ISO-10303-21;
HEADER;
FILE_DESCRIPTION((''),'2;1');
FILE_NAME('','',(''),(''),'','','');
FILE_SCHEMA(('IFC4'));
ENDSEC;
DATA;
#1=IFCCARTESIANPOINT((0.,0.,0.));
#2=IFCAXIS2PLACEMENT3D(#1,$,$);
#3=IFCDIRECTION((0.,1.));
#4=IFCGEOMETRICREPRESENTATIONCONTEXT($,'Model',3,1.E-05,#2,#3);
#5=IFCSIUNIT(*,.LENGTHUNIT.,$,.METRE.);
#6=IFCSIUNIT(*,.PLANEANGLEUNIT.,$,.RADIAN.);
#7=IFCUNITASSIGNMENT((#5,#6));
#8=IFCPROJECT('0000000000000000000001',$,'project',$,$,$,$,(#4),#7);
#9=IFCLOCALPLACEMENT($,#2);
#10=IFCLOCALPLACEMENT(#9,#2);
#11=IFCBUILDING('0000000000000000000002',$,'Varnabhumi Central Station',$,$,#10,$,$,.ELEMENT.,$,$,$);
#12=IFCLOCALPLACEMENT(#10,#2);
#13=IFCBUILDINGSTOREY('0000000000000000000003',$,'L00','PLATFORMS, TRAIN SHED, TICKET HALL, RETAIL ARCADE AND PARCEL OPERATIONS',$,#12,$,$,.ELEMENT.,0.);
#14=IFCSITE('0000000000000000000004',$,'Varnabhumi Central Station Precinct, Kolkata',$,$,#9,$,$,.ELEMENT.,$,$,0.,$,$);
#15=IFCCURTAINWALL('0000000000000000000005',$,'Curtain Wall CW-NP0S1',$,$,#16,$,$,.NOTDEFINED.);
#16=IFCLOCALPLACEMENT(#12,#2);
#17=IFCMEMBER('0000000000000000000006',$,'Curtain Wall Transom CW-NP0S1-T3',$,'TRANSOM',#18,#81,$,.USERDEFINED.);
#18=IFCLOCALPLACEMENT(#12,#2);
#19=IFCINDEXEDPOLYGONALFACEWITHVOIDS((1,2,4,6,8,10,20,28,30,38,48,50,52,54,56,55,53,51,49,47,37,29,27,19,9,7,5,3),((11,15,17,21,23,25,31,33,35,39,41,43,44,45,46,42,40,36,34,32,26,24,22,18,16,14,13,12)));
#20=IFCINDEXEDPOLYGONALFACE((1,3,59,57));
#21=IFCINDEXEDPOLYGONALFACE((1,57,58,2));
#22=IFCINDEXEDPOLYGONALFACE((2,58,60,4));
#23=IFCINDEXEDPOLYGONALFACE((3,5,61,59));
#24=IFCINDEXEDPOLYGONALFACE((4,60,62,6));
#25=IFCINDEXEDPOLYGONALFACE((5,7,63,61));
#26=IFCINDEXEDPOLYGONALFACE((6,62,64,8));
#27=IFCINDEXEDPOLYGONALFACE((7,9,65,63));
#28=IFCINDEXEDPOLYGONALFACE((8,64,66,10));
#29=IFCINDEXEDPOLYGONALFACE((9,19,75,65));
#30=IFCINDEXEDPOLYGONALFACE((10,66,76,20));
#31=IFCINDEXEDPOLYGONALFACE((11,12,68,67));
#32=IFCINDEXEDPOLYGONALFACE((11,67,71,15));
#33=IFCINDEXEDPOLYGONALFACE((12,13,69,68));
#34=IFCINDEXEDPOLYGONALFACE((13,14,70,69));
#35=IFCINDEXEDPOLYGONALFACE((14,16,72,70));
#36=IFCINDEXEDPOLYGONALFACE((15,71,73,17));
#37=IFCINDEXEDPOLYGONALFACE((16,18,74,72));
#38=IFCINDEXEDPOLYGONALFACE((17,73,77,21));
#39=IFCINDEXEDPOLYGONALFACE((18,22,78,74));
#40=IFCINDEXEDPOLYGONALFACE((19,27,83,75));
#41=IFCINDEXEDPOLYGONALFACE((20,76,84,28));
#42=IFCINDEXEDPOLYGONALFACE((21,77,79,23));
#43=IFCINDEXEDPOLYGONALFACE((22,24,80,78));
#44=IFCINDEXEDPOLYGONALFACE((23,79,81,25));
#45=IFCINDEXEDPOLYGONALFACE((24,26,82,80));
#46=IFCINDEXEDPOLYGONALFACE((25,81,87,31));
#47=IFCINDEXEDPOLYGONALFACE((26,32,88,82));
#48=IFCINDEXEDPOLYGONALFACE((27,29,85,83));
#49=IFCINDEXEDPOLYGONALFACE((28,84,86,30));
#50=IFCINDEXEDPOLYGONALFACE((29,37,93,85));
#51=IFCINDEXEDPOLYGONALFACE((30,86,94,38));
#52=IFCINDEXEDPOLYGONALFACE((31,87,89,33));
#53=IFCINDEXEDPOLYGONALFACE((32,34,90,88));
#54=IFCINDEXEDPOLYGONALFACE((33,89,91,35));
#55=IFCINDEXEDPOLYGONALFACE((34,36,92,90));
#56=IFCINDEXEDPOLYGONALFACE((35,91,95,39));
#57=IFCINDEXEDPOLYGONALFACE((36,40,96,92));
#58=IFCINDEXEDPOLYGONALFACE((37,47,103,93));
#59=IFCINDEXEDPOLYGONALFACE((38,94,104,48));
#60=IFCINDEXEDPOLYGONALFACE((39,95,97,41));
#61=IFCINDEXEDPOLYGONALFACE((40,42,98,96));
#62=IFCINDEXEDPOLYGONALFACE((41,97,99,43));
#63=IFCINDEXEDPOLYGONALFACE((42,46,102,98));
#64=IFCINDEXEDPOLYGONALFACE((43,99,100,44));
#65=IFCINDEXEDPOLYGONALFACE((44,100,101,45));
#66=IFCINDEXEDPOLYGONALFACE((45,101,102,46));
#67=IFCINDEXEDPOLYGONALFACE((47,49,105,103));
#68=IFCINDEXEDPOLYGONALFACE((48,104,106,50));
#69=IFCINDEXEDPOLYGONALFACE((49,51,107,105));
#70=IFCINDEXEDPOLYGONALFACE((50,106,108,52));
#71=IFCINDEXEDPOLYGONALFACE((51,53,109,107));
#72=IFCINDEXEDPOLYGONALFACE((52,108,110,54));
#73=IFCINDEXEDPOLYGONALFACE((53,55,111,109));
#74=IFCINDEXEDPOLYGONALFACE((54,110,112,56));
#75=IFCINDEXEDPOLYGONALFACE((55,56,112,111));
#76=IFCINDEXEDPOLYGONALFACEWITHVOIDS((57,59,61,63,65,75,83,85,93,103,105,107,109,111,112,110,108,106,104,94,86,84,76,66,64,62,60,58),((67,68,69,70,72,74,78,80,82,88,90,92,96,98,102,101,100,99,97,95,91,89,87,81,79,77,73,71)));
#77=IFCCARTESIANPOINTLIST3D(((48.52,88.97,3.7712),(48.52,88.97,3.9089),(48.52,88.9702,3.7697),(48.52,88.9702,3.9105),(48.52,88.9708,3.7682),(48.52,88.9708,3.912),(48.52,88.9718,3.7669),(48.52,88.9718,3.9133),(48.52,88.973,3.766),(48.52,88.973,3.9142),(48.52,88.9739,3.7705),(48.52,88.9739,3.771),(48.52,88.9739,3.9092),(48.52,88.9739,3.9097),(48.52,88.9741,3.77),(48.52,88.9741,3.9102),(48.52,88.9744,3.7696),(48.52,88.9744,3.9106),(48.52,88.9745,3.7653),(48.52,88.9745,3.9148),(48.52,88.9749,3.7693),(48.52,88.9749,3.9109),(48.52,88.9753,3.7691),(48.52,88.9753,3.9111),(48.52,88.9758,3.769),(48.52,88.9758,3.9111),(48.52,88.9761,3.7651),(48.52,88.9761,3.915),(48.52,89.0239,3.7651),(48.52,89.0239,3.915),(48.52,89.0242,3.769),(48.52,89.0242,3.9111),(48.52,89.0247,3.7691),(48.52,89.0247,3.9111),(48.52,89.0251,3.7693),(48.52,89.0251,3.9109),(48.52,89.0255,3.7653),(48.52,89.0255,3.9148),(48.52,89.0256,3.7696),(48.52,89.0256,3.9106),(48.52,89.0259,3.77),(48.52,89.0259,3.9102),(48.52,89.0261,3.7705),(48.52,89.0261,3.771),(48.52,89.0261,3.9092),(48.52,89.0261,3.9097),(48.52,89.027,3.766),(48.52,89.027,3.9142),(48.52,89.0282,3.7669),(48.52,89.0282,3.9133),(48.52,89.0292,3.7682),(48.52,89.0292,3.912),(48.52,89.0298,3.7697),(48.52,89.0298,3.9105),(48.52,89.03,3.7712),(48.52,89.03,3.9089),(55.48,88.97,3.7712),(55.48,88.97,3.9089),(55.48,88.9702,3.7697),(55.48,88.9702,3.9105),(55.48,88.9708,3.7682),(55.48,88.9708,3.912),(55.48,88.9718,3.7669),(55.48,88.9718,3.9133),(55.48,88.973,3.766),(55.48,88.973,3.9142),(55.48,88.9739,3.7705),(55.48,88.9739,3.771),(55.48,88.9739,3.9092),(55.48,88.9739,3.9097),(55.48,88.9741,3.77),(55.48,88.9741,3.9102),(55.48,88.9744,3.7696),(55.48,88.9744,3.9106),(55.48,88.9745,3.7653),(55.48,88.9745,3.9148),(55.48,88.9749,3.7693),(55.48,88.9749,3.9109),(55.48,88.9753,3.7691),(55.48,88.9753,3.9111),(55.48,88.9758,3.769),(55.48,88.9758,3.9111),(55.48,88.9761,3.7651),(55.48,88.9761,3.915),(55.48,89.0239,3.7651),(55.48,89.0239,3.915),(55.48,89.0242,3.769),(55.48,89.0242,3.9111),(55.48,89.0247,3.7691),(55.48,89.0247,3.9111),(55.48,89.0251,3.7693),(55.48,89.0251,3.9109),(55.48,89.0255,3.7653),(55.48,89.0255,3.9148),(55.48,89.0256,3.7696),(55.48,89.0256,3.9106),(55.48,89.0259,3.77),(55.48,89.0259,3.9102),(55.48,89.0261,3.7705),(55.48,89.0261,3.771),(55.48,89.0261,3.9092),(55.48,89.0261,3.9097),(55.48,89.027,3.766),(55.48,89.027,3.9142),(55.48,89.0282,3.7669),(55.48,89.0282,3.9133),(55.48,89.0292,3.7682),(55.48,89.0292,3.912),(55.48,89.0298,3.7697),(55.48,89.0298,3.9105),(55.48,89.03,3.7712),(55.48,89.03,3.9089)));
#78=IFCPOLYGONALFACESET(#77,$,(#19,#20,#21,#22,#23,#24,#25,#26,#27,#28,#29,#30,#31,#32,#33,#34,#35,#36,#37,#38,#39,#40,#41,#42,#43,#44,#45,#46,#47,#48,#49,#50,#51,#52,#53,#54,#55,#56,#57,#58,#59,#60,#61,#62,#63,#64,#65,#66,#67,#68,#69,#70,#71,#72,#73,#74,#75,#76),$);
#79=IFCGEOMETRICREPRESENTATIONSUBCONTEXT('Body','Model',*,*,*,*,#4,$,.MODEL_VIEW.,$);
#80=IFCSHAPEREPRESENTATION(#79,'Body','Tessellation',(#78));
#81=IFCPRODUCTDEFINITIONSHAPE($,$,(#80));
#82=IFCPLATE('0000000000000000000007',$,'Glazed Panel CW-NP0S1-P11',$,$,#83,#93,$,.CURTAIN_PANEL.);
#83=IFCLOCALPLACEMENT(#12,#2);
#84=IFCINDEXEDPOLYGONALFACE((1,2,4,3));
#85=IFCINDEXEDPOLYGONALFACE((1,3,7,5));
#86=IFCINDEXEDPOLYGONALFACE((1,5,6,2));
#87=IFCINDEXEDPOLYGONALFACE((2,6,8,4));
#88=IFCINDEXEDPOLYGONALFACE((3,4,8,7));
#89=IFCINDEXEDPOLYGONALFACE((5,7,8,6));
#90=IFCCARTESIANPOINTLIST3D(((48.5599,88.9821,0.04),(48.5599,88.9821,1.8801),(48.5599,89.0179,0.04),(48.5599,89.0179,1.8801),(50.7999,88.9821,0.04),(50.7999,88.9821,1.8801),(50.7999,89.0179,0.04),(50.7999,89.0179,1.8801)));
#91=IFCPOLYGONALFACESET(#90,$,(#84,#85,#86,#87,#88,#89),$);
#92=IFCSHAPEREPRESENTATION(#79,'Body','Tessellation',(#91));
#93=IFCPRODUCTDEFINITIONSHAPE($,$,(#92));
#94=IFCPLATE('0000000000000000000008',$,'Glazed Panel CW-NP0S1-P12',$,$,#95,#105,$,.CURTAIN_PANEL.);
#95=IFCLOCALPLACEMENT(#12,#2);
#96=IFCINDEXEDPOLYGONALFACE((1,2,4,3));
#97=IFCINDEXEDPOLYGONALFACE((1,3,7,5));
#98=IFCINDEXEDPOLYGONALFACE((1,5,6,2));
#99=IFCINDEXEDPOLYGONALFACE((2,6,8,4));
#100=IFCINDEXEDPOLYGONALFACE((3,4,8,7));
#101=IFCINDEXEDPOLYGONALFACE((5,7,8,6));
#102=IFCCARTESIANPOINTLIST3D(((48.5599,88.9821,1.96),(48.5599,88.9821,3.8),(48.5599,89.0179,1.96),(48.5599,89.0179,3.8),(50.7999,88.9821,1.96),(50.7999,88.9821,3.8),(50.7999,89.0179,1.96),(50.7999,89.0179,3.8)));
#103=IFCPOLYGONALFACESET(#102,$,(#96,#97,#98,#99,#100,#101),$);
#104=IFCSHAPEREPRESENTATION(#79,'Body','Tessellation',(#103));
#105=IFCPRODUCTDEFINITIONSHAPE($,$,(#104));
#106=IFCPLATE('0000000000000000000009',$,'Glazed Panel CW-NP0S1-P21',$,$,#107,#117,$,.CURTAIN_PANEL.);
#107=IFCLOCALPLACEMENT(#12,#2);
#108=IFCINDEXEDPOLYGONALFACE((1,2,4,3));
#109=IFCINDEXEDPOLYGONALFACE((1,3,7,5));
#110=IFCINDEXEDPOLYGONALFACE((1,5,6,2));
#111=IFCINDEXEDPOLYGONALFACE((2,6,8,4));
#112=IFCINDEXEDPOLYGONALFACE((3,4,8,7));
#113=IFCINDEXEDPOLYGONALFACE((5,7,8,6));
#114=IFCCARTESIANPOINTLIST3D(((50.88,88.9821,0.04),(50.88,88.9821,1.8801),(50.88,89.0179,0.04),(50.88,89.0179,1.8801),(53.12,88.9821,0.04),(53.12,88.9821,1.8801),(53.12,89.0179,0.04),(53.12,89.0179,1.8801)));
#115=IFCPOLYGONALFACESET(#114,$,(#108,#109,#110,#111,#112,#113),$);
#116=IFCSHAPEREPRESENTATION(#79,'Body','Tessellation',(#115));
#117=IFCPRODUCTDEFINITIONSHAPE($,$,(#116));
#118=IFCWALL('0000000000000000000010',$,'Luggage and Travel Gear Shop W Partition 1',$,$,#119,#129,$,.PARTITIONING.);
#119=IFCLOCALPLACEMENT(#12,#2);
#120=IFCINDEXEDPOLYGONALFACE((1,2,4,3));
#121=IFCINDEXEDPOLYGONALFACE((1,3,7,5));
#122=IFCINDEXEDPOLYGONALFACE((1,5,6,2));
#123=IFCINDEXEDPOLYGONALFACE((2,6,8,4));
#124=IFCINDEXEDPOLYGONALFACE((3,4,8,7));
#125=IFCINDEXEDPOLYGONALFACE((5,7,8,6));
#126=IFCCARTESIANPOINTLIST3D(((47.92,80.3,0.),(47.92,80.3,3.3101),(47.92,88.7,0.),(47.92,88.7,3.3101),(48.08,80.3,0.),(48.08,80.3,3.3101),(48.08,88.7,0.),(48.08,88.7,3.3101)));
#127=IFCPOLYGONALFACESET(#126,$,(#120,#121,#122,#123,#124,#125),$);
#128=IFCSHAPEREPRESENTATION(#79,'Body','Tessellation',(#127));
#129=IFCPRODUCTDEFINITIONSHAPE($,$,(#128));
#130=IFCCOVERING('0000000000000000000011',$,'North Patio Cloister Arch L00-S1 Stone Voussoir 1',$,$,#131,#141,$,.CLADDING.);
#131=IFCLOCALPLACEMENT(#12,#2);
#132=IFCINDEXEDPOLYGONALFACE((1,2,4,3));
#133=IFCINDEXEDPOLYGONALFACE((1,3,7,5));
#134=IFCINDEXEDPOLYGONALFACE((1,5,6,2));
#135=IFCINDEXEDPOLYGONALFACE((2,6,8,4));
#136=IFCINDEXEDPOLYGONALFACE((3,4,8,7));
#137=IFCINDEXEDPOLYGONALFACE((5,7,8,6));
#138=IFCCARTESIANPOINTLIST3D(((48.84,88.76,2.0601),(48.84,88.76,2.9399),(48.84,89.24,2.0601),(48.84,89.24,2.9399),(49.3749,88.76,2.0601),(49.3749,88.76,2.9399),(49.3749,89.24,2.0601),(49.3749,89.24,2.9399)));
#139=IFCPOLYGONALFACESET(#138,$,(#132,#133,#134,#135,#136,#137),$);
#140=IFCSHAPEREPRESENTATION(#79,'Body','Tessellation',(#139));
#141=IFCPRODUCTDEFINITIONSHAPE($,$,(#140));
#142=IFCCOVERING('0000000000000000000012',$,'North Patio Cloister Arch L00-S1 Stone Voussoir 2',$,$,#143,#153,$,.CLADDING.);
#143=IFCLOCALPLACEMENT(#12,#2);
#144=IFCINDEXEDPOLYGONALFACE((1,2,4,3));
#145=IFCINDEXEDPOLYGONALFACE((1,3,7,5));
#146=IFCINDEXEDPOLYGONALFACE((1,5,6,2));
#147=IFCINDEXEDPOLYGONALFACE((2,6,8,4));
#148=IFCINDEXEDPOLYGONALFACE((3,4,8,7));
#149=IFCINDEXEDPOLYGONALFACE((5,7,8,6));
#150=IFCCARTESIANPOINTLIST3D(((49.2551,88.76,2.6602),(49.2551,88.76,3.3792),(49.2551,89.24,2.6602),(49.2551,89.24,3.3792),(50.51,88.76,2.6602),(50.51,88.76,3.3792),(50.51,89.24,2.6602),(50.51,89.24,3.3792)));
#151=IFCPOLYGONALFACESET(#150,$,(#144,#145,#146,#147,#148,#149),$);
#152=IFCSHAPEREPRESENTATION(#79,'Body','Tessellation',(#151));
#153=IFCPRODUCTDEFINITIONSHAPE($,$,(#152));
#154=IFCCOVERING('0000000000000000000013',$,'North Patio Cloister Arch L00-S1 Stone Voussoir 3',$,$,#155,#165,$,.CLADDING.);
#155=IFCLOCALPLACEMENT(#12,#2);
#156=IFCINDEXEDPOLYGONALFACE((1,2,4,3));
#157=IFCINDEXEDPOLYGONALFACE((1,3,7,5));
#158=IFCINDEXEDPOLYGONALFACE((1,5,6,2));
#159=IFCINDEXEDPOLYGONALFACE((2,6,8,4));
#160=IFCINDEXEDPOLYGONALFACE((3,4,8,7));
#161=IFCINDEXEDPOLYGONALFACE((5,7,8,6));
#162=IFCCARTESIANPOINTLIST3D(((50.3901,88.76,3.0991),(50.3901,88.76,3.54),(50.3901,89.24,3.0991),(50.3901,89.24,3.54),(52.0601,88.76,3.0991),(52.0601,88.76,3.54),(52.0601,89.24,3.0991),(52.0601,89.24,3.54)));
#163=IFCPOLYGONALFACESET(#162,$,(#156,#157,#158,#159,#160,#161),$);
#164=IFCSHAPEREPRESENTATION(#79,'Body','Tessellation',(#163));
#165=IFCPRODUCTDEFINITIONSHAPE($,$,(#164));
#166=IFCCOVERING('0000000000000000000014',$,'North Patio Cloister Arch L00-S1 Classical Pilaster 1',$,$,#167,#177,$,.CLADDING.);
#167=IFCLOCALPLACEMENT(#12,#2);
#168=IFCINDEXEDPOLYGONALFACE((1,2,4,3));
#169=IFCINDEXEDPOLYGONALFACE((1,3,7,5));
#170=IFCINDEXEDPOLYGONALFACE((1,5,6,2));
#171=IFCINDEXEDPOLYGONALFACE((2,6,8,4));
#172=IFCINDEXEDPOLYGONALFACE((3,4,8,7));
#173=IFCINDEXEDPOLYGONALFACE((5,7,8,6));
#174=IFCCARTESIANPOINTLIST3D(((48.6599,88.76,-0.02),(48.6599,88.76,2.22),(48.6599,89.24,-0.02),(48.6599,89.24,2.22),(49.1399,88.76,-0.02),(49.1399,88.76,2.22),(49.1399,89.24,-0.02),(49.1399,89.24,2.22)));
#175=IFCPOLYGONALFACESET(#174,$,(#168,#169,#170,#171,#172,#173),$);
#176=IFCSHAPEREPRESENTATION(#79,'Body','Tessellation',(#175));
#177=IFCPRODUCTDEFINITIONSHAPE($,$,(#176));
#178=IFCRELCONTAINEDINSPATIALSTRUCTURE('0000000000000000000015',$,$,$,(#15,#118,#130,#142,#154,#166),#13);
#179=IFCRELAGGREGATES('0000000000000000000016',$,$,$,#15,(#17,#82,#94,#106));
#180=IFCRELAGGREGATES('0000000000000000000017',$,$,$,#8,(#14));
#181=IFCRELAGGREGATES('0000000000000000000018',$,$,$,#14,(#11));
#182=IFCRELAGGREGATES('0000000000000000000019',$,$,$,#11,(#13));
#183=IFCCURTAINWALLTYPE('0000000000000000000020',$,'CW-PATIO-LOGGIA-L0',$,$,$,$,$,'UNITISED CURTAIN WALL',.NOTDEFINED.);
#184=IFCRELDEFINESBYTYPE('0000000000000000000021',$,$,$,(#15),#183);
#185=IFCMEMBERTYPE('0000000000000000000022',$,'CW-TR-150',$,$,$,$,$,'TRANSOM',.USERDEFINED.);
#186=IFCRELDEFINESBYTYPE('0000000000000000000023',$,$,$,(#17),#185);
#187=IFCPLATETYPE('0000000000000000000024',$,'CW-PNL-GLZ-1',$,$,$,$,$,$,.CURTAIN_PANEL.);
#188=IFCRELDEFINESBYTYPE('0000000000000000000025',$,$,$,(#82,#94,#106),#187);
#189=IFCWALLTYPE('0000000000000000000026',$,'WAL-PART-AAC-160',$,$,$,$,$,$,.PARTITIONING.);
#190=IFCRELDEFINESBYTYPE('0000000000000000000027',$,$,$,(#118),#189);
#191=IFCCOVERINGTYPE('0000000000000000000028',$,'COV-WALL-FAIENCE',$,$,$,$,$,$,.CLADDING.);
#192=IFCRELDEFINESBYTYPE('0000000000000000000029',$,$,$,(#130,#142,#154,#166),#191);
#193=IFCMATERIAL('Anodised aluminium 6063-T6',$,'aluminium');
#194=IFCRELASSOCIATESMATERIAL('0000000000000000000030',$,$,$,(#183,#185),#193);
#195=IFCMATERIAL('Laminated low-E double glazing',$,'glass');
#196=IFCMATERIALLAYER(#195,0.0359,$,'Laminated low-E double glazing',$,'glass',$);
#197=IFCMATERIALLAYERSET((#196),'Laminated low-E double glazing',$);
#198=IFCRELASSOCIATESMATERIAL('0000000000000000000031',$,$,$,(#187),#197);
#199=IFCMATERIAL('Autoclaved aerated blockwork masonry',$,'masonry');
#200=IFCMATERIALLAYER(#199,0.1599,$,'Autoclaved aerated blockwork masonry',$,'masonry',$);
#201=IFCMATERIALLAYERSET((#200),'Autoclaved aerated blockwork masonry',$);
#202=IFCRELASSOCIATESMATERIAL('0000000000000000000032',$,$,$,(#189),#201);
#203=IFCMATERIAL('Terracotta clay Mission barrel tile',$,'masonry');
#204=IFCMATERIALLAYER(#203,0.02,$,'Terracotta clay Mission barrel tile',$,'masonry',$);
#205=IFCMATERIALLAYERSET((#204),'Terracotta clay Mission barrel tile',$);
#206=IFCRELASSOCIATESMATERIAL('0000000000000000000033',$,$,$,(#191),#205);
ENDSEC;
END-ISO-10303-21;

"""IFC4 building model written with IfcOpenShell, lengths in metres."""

from ifc_helpers import new_model, si_unit, direction, frame, frame_2d, origin, origin_2d, place, context, subcontext, project, spatial, rectangle, hollow_rectangle, extrude, material, layer, layer_set, material_profile, profile_set, type_object, element, aggregate, save


model = new_model("IFC4")

# Units and contexts
model_context = context("Model", 3, precision=1e-05, world=origin(), true_north=direction((0.0, 1.0)))
body_context = subcontext(model_context, "Body", "Model", "MODEL_VIEW")
ifc_project = project(units=[si_unit("LENGTHUNIT", "METRE"), si_unit("PLANEANGLEUNIT", "RADIAN")], contexts=[model_context])

# Site, building, storey
site_placement = place(None, origin())
site = spatial("IfcSite", under=ifc_project, at=site_placement, Name="Varnabhumi Central Station Precinct, Kolkata", CompositionType="ELEMENT", RefElevation=0.0)
building_placement = place(site_placement, origin())
building = spatial("IfcBuilding", under=site, at=building_placement, Name="Varnabhumi Central Station", CompositionType="ELEMENT")
storey_placement = place(building_placement, origin())
storey = spatial("IfcBuildingStorey", under=building, at=storey_placement, Name="L00", Description="PLATFORMS, TRAIN SHED, TICKET HALL, RETAIL ARCADE AND PARCEL OPERATIONS", CompositionType="ELEMENT", Elevation=0.0)

# Curtain wall, member, plates
ifc_material_1 = material(Name="Anodised aluminium 6063-T6", Category="aluminium")
curtain_wall_type = type_object("IfcCurtainWallType", Name="CW-PATIO-LOGGIA-L0", ElementType="UNITISED CURTAIN WALL", PredefinedType="NOTDEFINED", material=ifc_material_1)
curtain_wall_placement = place(storey_placement, origin())
curtain_wall = element("IfcCurtainWall", 1, at=curtain_wall_placement, inside=storey, type_object=curtain_wall_type, Name="Curtain Wall CW-NP0S1", PredefinedType="NOTDEFINED")
ifc_material_profile_1 = material_profile(ifc_material_1, hollow_rectangle(XDim=0.0601, YDim=0.1499, WallThickness=0.0039, InnerFilletRadius=0.002, OuterFilletRadius=0.0061, at=origin_2d()), Name="Anodised aluminium 6063-T6", Category="aluminium")
ifc_profile_set_1 = profile_set([ifc_material_profile_1], Name="Anodised aluminium 6063-T6")
member_type_1 = type_object("IfcMemberType", Name="CW-TR-150", ElementType="TRANSOM", PredefinedType="USERDEFINED", material=ifc_profile_set_1)
member_1_placement = place(storey_placement, frame((48.52, 89.0, 3.8401), z_axis=(1.0, 0.0, 0.0), x_axis=(0.0, 1.0, 0.0)))
member_1 = element("IfcMember", 2, at=member_1_placement, type_object=member_type_1, Name="Curtain Wall Transom CW-NP0S1-T3", ObjectType="TRANSOM", PredefinedType="USERDEFINED", context=body_context, shape_type="SweptSolid", body=[
    extrude(hollow_rectangle(XDim=0.0601, YDim=0.1499, WallThickness=0.0039, InnerFilletRadius=0.002, OuterFilletRadius=0.0061, at=origin_2d()), origin(), (0.0, 0.0, 1.0), 6.96),
])
ifc_material_2 = material(Name="Laminated low-E double glazing", Category="glass")
ifc_layer_1 = layer(ifc_material_2, 0.0359, Name="Laminated low-E double glazing", Category="glass")
ifc_layer_set_1 = layer_set([ifc_layer_1], Name="Laminated low-E double glazing")
plate_type = type_object("IfcPlateType", Name="CW-PNL-GLZ-1", PredefinedType="CURTAIN_PANEL", material=ifc_layer_set_1)
plate_1_placement = place(storey_placement, frame((49.6799, 89.0, 0.04), z_axis=(0.0, 0.0, 1.0), x_axis=(1.0, 0.0, 0.0)))
plate_1 = element("IfcPlate", 3, at=plate_1_placement, type_object=plate_type, Name="Glazed Panel CW-NP0S1-P11", PredefinedType="CURTAIN_PANEL", context=body_context, shape_type="SweptSolid", body=[
    extrude(rectangle(XDim=2.24, YDim=0.0359, at=origin_2d()), origin(), (0.0, 0.0, 1.0), 1.8401),
])
plate_2_placement = place(storey_placement, frame((49.6799, 89.0, 1.96), z_axis=(0.0, 0.0, 1.0), x_axis=(1.0, 0.0, 0.0)))
plate_2 = element("IfcPlate", 4, at=plate_2_placement, type_object=plate_type, Name="Glazed Panel CW-NP0S1-P12", PredefinedType="CURTAIN_PANEL", context=body_context, shape_type="SweptSolid", body=[
    extrude(rectangle(XDim=2.24, YDim=0.0359, at=origin_2d()), origin(), (0.0, 0.0, 1.0), 1.8401),
])
plate_3_placement = place(storey_placement, frame((52.0, 89.0, 0.04), z_axis=(0.0, 0.0, 1.0), x_axis=(1.0, 0.0, 0.0)))
plate_3 = element("IfcPlate", 5, at=plate_3_placement, type_object=plate_type, Name="Glazed Panel CW-NP0S1-P21", PredefinedType="CURTAIN_PANEL", context=body_context, shape_type="SweptSolid", body=[
    extrude(rectangle(XDim=2.24, YDim=0.0359, at=origin_2d()), origin(), (0.0, 0.0, 1.0), 1.8401),
])
aggregate(curtain_wall, [member_1, plate_1, plate_2, plate_3])

# Wall
ifc_material_3 = material(Name="Autoclaved aerated blockwork masonry", Category="masonry")
ifc_layer_2 = layer(ifc_material_3, 0.1599, Name="Autoclaved aerated blockwork masonry", Category="masonry")
ifc_layer_set_2 = layer_set([ifc_layer_2], Name="Autoclaved aerated blockwork masonry")
wall_type = type_object("IfcWallType", Name="WAL-PART-AAC-160", PredefinedType="PARTITIONING", material=ifc_layer_set_2)
wall_placement = place(storey_placement, frame((48.0, 80.3, 0.0), z_axis=(0.0, 0.0, 1.0), x_axis=(0.0, 1.0, 0.0)))
element("IfcWall", 6, at=wall_placement, inside=storey, type_object=wall_type, Name="Luggage and Travel Gear Shop W Partition 1", PredefinedType="PARTITIONING", context=body_context, shape_type="SweptSolid", body=[
    extrude(rectangle(XDim=8.3999, YDim=0.1599, at=frame_2d((4.2, 0.0))), origin(), (0.0, 0.0, 1.0), 3.3101),
])

# Coverings
ifc_material_4 = material(Name="Terracotta clay Mission barrel tile", Category="masonry")
ifc_layer_3 = layer(ifc_material_4, 0.02, Name="Terracotta clay Mission barrel tile", Category="masonry")
ifc_layer_set_3 = layer_set([ifc_layer_3], Name="Terracotta clay Mission barrel tile")
covering_type = type_object("IfcCoveringType", Name="COV-WALL-FAIENCE", PredefinedType="CLADDING", material=ifc_layer_set_3)
covering_1_placement = place(storey_placement, frame((49.1074, 89.0, 2.0601), z_axis=(0.0, 0.0, 1.0), x_axis=(1.0, 0.0, 0.0)))
element("IfcCovering", 7, at=covering_1_placement, inside=storey, type_object=covering_type, Name="North Patio Cloister Arch L00-S1 Stone Voussoir 1", PredefinedType="CLADDING", context=body_context, shape_type="SweptSolid", body=[
    extrude(rectangle(XDim=0.5349, YDim=0.48, at=origin_2d()), origin(), (0.0, 0.0, 1.0), 0.8799),
])
covering_2_placement = place(storey_placement, frame((49.8826, 89.0, 2.6602), z_axis=(0.0, 0.0, 1.0), x_axis=(1.0, 0.0, 0.0)))
element("IfcCovering", 8, at=covering_2_placement, inside=storey, type_object=covering_type, Name="North Patio Cloister Arch L00-S1 Stone Voussoir 2", PredefinedType="CLADDING", context=body_context, shape_type="SweptSolid", body=[
    extrude(rectangle(XDim=1.2549, YDim=0.48, at=origin_2d()), origin(), (0.0, 0.0, 1.0), 0.719),
])
covering_3_placement = place(storey_placement, frame((51.2251, 89.0, 3.0991), z_axis=(0.0, 0.0, 1.0), x_axis=(1.0, 0.0, 0.0)))
element("IfcCovering", 9, at=covering_3_placement, inside=storey, type_object=covering_type, Name="North Patio Cloister Arch L00-S1 Stone Voussoir 3", PredefinedType="CLADDING", context=body_context, shape_type="SweptSolid", body=[
    extrude(rectangle(XDim=1.6699, YDim=0.48, at=origin_2d()), origin(), (0.0, 0.0, 1.0), 0.4409),
])
covering_4_placement = place(storey_placement, frame((48.8999, 89.0, -0.02), z_axis=(0.0, 0.0, 1.0), x_axis=(1.0, 0.0, 0.0)))
element("IfcCovering", 10, at=covering_4_placement, inside=storey, type_object=covering_type, Name="North Patio Cloister Arch L00-S1 Classical Pilaster 1", PredefinedType="CLADDING", context=body_context, shape_type="SweptSolid", body=[
    extrude(rectangle(XDim=0.48, YDim=0.48, at=origin_2d()), origin(), (0.0, 0.0, 1.0), 2.24),
])

save(model, "model.ifc")
